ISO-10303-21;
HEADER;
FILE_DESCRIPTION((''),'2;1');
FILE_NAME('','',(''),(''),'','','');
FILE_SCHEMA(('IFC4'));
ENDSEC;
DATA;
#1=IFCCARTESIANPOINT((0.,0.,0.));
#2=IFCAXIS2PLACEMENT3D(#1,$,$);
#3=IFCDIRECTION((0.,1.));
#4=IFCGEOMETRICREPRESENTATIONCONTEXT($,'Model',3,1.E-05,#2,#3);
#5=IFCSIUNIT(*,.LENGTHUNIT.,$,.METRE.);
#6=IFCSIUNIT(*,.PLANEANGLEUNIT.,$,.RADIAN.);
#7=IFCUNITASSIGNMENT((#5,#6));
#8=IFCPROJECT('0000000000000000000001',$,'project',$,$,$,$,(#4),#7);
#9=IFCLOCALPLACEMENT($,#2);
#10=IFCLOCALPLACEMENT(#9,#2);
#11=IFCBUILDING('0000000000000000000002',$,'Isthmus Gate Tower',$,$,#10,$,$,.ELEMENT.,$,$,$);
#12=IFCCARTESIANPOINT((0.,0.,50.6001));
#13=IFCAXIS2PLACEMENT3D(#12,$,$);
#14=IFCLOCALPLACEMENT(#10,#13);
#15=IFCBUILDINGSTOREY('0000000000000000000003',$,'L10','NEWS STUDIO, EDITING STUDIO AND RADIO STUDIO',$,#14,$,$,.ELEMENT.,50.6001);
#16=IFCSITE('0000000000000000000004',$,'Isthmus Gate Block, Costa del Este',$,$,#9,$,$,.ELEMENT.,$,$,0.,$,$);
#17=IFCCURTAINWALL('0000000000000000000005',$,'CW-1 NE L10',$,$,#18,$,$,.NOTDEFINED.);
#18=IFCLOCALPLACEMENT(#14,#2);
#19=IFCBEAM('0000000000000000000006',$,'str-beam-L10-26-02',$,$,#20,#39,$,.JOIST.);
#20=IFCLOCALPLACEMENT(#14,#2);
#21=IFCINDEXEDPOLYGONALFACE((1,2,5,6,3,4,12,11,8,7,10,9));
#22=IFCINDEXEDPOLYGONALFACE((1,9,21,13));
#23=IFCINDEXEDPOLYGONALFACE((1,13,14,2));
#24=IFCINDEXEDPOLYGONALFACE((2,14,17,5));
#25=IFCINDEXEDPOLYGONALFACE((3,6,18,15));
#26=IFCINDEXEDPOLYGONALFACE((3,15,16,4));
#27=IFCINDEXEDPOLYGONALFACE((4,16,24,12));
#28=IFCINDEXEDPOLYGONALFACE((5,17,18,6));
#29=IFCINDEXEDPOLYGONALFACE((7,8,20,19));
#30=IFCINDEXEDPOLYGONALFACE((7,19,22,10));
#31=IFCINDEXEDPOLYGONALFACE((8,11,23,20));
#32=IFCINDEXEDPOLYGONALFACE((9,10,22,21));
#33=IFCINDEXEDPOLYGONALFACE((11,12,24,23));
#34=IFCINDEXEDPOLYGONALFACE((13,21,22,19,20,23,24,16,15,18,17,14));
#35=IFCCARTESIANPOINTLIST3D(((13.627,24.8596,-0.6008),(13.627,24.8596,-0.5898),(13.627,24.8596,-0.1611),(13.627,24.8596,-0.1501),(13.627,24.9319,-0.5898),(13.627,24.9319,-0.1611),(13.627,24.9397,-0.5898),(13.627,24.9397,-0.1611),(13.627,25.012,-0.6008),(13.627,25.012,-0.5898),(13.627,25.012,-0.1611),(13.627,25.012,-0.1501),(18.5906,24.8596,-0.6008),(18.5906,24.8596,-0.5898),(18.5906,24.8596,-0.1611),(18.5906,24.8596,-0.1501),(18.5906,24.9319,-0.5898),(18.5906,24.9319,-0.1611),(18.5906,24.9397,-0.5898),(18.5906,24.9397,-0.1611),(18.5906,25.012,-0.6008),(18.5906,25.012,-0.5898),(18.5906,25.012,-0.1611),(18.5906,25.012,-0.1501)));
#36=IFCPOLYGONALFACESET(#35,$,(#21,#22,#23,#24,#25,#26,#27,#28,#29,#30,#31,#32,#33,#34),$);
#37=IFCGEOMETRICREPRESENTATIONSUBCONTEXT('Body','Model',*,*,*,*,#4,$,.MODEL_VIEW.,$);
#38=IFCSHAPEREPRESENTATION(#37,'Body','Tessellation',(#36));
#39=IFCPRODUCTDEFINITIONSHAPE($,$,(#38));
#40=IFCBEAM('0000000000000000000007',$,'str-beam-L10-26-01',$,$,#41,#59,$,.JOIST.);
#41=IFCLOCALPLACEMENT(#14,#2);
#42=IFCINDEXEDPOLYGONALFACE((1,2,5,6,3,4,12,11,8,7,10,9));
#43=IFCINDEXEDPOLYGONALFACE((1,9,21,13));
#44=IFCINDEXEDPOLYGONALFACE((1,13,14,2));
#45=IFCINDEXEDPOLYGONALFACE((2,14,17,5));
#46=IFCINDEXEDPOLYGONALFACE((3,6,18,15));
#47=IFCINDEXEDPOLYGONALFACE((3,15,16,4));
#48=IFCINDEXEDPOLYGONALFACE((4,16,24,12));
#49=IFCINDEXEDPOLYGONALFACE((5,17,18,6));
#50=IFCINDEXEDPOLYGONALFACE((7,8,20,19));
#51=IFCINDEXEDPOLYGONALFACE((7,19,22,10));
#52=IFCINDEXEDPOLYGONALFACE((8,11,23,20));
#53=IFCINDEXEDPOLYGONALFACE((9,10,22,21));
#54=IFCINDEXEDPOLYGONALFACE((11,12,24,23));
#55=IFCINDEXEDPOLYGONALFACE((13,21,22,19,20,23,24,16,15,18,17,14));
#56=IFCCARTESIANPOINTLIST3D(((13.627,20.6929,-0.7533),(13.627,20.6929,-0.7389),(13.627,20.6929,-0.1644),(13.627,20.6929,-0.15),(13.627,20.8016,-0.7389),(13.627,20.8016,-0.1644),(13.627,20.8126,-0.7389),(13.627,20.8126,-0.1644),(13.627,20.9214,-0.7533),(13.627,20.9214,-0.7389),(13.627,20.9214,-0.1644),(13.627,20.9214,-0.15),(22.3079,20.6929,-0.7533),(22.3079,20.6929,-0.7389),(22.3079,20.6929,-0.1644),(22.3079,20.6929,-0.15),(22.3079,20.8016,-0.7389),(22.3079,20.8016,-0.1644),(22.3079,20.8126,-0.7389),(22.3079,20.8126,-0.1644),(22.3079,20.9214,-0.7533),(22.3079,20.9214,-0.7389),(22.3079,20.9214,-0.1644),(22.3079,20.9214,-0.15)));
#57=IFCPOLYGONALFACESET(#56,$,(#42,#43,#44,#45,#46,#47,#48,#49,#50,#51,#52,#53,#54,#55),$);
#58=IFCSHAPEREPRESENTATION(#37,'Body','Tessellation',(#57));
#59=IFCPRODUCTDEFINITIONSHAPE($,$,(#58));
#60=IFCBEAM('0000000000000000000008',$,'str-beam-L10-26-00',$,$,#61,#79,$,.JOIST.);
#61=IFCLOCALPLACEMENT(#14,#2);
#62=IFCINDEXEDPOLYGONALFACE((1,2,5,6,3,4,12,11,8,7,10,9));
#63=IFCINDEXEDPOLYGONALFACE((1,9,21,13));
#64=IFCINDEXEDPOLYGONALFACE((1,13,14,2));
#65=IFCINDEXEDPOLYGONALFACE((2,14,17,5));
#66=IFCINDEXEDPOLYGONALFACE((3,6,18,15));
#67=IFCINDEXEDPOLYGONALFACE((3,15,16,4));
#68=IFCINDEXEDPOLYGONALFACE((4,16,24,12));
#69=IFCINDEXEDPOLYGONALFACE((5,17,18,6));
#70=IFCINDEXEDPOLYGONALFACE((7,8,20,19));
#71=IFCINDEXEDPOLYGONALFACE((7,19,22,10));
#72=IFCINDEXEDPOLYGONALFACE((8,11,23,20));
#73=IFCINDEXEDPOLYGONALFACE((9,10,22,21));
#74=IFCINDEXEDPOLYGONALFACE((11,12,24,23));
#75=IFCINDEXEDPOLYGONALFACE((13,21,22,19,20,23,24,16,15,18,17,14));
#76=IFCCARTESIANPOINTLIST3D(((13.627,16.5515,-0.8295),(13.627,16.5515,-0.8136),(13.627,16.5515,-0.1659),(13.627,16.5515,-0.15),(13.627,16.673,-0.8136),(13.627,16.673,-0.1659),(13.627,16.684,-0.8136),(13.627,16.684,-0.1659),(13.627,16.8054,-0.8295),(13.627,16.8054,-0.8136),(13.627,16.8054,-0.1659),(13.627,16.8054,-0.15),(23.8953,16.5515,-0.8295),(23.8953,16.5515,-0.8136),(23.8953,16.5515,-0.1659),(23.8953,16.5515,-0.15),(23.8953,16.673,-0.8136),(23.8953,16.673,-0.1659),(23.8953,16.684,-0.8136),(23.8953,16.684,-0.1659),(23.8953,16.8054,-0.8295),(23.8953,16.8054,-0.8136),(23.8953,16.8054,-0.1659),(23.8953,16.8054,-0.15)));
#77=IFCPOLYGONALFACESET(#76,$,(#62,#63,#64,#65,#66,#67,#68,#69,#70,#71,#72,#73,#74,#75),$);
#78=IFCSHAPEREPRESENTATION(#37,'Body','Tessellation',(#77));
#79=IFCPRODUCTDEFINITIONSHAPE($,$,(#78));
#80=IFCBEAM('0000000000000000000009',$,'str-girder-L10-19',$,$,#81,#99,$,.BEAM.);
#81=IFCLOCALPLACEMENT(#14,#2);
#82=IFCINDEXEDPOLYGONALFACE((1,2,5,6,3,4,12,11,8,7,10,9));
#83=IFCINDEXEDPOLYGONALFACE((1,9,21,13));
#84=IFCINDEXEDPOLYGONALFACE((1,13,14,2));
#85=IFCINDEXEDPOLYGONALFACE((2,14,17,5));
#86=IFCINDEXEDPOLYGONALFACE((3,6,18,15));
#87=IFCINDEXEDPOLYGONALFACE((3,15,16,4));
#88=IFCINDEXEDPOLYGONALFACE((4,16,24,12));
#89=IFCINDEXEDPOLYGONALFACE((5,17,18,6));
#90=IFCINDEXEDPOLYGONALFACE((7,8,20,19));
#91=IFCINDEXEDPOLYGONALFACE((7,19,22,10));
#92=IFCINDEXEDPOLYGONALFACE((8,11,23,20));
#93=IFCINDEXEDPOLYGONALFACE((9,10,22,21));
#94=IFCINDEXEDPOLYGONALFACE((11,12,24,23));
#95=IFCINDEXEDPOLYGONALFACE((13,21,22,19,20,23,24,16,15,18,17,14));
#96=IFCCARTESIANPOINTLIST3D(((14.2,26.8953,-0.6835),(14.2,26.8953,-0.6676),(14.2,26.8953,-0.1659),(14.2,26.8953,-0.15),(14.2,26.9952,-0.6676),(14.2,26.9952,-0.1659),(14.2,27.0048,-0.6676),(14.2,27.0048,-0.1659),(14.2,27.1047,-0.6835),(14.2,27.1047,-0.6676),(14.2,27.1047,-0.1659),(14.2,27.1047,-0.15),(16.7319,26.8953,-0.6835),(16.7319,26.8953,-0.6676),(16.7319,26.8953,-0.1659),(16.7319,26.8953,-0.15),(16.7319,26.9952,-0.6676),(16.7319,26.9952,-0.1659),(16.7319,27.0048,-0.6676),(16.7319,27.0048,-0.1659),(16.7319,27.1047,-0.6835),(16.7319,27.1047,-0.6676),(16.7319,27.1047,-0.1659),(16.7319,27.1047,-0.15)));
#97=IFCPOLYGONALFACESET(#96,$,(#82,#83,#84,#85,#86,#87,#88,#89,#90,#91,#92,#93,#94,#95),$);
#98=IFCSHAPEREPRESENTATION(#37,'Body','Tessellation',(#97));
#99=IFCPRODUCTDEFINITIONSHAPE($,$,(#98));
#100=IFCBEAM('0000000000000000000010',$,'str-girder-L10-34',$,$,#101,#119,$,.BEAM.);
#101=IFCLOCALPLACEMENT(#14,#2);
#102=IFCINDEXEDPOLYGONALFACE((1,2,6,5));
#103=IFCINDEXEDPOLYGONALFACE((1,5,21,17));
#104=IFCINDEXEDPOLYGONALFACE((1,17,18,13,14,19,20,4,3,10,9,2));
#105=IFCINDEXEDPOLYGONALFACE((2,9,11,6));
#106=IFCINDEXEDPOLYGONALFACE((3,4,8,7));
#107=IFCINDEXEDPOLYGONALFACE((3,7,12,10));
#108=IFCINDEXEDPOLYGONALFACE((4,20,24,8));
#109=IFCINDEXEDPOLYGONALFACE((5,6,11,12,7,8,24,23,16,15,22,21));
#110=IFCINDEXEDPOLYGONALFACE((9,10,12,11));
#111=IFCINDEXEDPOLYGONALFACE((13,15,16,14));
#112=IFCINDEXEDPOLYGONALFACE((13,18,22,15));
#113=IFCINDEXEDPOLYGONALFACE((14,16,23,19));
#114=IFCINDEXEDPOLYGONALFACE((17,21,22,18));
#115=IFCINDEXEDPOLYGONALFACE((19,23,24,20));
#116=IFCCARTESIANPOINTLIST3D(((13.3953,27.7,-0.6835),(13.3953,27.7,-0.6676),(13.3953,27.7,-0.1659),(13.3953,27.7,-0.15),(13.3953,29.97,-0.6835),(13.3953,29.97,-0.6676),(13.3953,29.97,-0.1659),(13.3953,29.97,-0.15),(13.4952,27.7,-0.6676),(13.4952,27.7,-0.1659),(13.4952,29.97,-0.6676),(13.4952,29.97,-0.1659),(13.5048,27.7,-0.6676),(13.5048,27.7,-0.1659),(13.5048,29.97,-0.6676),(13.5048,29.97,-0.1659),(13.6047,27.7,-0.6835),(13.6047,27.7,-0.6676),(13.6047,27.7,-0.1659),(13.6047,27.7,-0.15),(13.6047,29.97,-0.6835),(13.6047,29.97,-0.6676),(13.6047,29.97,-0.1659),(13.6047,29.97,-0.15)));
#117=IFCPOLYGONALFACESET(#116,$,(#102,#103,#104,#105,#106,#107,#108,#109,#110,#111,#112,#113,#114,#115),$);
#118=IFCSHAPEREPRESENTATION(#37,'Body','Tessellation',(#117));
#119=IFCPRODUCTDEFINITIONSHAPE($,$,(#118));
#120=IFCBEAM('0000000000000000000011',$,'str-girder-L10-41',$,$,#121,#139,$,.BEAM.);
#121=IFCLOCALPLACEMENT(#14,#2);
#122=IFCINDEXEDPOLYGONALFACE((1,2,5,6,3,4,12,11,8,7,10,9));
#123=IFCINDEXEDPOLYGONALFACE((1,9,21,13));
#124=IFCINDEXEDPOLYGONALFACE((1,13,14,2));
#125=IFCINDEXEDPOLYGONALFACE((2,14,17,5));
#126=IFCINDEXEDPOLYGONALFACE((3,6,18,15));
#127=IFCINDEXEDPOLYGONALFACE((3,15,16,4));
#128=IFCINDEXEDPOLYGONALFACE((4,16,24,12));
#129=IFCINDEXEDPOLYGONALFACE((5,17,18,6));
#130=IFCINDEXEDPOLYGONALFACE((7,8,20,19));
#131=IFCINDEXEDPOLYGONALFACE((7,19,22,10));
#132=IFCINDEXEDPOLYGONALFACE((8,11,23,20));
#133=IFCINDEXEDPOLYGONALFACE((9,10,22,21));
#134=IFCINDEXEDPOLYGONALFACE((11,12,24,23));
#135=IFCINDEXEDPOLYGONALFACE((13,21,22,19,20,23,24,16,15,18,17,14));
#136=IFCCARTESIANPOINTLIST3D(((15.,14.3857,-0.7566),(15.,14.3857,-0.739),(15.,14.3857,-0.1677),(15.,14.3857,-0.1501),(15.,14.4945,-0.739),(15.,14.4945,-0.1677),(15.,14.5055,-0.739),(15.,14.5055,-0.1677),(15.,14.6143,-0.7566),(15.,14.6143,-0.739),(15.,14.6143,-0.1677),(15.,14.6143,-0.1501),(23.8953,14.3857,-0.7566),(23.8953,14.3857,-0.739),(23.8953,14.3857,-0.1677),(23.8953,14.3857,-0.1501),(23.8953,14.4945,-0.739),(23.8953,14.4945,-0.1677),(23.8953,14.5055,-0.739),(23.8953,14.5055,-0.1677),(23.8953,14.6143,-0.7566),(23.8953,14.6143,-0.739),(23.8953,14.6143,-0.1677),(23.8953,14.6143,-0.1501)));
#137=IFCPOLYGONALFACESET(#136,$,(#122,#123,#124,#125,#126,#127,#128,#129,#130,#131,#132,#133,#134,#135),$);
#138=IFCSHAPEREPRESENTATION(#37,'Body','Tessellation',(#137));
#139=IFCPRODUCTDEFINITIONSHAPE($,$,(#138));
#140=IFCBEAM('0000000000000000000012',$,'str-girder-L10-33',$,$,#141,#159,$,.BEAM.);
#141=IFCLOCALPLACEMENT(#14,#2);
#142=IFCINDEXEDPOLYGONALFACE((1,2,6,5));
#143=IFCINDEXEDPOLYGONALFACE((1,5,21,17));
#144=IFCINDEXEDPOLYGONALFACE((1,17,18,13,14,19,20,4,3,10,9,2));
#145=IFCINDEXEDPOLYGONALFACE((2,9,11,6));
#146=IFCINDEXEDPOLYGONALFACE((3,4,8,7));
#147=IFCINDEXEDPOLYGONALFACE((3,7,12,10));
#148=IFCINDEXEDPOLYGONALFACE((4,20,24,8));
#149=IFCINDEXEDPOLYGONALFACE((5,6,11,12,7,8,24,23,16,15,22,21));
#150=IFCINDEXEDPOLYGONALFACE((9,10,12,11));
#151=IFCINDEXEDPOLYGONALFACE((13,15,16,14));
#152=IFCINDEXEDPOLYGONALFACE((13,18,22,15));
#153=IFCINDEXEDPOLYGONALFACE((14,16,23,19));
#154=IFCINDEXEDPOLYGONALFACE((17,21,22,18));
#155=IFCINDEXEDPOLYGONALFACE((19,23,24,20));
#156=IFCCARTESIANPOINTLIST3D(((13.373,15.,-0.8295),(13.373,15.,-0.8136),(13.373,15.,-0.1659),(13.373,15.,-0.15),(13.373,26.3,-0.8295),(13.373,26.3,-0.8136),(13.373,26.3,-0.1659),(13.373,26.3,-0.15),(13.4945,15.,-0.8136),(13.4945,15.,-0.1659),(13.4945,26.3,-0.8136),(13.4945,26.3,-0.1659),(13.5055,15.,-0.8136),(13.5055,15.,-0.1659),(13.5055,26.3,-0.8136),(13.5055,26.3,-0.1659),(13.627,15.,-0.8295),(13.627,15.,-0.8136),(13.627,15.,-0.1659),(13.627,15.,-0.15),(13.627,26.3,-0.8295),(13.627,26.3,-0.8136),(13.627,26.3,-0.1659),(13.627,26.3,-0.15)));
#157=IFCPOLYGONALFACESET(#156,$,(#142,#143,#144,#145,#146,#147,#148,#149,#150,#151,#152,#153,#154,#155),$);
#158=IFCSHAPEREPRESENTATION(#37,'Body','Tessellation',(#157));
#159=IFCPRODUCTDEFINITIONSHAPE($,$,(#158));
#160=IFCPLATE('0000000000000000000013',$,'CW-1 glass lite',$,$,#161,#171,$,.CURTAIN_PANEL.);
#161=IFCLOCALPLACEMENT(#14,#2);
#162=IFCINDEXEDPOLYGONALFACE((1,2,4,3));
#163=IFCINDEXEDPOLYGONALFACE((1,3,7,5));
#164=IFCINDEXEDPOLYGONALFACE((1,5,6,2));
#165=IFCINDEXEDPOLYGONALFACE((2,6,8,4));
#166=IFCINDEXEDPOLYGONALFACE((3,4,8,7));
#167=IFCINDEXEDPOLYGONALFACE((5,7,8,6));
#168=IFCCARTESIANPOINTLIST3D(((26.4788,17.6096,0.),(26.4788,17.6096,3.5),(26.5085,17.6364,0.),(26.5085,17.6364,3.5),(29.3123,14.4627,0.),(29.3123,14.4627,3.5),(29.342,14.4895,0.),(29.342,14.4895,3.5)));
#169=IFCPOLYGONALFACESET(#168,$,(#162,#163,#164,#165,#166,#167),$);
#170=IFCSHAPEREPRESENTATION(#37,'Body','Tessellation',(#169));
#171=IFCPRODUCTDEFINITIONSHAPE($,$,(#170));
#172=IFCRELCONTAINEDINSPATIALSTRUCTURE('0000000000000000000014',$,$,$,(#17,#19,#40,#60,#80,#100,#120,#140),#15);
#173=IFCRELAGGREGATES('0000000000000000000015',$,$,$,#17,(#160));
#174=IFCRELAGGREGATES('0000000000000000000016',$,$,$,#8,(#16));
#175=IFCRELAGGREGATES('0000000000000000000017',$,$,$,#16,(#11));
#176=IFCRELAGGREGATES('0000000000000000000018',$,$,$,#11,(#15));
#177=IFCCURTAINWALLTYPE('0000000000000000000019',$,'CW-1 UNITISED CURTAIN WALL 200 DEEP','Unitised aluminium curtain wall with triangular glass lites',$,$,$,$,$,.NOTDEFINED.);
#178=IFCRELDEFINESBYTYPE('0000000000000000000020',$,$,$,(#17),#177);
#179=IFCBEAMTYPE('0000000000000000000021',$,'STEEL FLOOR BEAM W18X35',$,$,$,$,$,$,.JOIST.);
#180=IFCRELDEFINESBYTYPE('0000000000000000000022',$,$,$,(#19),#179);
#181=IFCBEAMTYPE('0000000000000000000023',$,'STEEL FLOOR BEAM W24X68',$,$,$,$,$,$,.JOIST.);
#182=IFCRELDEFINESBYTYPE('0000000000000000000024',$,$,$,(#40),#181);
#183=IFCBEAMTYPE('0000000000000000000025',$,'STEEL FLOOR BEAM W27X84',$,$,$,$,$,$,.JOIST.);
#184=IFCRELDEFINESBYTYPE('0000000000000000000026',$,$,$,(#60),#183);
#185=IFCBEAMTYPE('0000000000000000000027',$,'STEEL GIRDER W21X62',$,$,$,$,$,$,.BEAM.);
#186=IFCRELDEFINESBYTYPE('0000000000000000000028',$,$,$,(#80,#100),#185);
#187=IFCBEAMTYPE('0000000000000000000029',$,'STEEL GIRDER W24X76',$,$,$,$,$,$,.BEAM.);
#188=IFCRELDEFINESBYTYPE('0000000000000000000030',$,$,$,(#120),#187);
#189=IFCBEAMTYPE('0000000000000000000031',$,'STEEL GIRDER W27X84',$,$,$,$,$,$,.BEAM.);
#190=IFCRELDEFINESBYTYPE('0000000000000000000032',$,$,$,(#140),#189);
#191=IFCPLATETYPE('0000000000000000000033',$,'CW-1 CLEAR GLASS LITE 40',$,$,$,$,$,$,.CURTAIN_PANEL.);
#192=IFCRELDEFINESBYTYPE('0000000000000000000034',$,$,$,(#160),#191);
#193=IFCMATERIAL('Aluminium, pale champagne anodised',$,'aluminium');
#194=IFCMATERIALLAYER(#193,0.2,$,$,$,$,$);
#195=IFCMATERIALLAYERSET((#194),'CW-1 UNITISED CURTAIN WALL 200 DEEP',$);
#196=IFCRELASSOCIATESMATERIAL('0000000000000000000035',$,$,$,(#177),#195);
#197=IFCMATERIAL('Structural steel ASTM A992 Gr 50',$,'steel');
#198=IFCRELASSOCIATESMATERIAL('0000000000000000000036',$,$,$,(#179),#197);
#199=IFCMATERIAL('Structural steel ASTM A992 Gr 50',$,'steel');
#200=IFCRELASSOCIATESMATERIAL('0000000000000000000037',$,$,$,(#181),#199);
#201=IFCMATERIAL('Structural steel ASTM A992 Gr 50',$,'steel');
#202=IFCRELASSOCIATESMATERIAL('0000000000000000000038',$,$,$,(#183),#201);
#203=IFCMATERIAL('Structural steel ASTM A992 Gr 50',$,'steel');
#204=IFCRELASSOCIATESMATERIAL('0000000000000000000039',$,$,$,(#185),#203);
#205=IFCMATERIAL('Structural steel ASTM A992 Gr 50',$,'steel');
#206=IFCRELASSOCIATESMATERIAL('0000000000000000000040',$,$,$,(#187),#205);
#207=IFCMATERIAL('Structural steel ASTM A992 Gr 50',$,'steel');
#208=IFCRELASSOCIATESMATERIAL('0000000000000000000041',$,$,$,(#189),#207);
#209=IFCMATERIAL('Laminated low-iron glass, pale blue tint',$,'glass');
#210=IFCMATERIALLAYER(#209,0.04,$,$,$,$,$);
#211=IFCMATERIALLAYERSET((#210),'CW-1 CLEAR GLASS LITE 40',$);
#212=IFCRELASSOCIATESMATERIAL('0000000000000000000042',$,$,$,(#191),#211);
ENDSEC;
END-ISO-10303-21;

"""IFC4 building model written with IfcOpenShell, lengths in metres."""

from ifc_helpers import new_model, si_unit, direction, frame, origin, origin_2d, place, context, subcontext, project, spatial, rectangle, i_section, extrude, material, layer, layer_set, material_profile, profile_set, type_object, element, aggregate, save


model = new_model("IFC4")

# Units and contexts
model_context = context("Model", 3, precision=1e-05, world=origin(), true_north=direction((0.0, 1.0)))
body_context = subcontext(model_context, "Body", "Model", "MODEL_VIEW")
ifc_project = project(units=[si_unit("LENGTHUNIT", "METRE"), si_unit("PLANEANGLEUNIT", "RADIAN")], contexts=[model_context])

# Site, building, storey
site_placement = place(None, origin())
site = spatial("IfcSite", under=ifc_project, at=site_placement, Name="Isthmus Gate Block, Costa del Este", CompositionType="ELEMENT", RefElevation=0.0)
building_placement = place(site_placement, origin())
building = spatial("IfcBuilding", under=site, at=building_placement, Name="Isthmus Gate Tower", CompositionType="ELEMENT")
storey_placement = place(building_placement, frame((0.0, 0.0, 50.6001)))
storey = spatial("IfcBuildingStorey", under=building, at=storey_placement, Name="L10", Description="NEWS STUDIO, EDITING STUDIO AND RADIO STUDIO", CompositionType="ELEMENT", Elevation=50.6001)

# Curtain wall
ifc_material_1 = material(Name="Aluminium, pale champagne anodised", Category="aluminium")
ifc_layer_1 = layer(ifc_material_1, 0.2)
ifc_layer_set_1 = layer_set([ifc_layer_1], Name="CW-1 UNITISED CURTAIN WALL 200 DEEP")
curtain_wall_type = type_object("IfcCurtainWallType", Name="CW-1 UNITISED CURTAIN WALL 200 DEEP", Description="Unitised aluminium curtain wall with triangular glass lites", PredefinedType="NOTDEFINED", material=ifc_layer_set_1)
curtain_wall_1_placement = place(storey_placement, origin())
curtain_wall_1 = element("IfcCurtainWall", 1, at=curtain_wall_1_placement, inside=storey, type_object=curtain_wall_type, Name="CW-1 NE L10", PredefinedType="NOTDEFINED")

# Beams
ifc_material_2 = material(Name="Structural steel ASTM A992 Gr 50", Category="steel")
ifc_material_profile_1 = material_profile(ifc_material_2, i_section(OverallWidth=0.1523, OverallDepth=0.4507, WebThickness=0.0078, FlangeThickness=0.011, at=origin_2d()), Name="W18X35")
ifc_profile_set_1 = profile_set([ifc_material_profile_1], Name="Structural steel ASTM A992 Gr 50")
beam_type_1 = type_object("IfcBeamType", Name="STEEL FLOOR BEAM W18X35", PredefinedType="JOIST", material=ifc_profile_set_1)
beam_1_placement = place(storey_placement, frame((13.627, 24.9358, -0.3755), z_axis=(1.0, 0.0, 0.0), x_axis=(0.0, 1.0, 0.0)))
element("IfcBeam", 2, at=beam_1_placement, inside=storey, type_object=beam_type_1, Name="str-beam-L10-26-02", PredefinedType="JOIST", context=body_context, shape_type="SweptSolid", body=[
    extrude(i_section(OverallWidth=0.1523, OverallDepth=0.4507, WebThickness=0.0078, FlangeThickness=0.011, at=origin_2d()), origin(), (0.0, 0.0, 1.0), 4.9636),
])
ifc_material_3 = material(Name="Structural steel ASTM A992 Gr 50", Category="steel")
ifc_material_profile_2 = material_profile(ifc_material_3, i_section(OverallWidth=0.2285, OverallDepth=0.6033, WebThickness=0.011, FlangeThickness=0.0144, at=origin_2d()), Name="W24X68")
ifc_profile_set_2 = profile_set([ifc_material_profile_2], Name="Structural steel ASTM A992 Gr 50")
beam_type_2 = type_object("IfcBeamType", Name="STEEL FLOOR BEAM W24X68", PredefinedType="JOIST", material=ifc_profile_set_2)
beam_2_placement = place(storey_placement, frame((13.627, 20.8071, -0.4517), z_axis=(1.0, 0.0, 0.0), x_axis=(0.0, 1.0, 0.0)))
element("IfcBeam", 3, at=beam_2_placement, inside=storey, type_object=beam_type_2, Name="str-beam-L10-26-01", PredefinedType="JOIST", context=body_context, shape_type="SweptSolid", body=[
    extrude(i_section(OverallWidth=0.2285, OverallDepth=0.6033, WebThickness=0.011, FlangeThickness=0.0144, at=origin_2d()), origin(), (0.0, 0.0, 1.0), 8.6809),
])
ifc_material_4 = material(Name="Structural steel ASTM A992 Gr 50", Category="steel")
ifc_material_profile_3 = material_profile(ifc_material_4, i_section(OverallWidth=0.2539, OverallDepth=0.6794, WebThickness=0.011, FlangeThickness=0.0159, at=origin_2d()), Name="W27X84")
ifc_profile_set_3 = profile_set([ifc_material_profile_3], Name="Structural steel ASTM A992 Gr 50")
beam_type_3 = type_object("IfcBeamType", Name="STEEL FLOOR BEAM W27X84", PredefinedType="JOIST", material=ifc_profile_set_3)
beam_3_placement = place(storey_placement, frame((13.627, 16.6785, -0.4897), z_axis=(1.0, 0.0, 0.0), x_axis=(0.0, 1.0, 0.0)))
element("IfcBeam", 4, at=beam_3_placement, inside=storey, type_object=beam_type_3, Name="str-beam-L10-26-00", PredefinedType="JOIST", context=body_context, shape_type="SweptSolid", body=[
    extrude(i_section(OverallWidth=0.2539, OverallDepth=0.6794, WebThickness=0.011, FlangeThickness=0.0159, at=origin_2d()), origin(), (0.0, 0.0, 1.0), 10.2683),
])
ifc_material_5 = material(Name="Structural steel ASTM A992 Gr 50", Category="steel")
ifc_material_profile_4 = material_profile(ifc_material_5, i_section(OverallWidth=0.2095, OverallDepth=0.5334, WebThickness=0.0095, FlangeThickness=0.0159, at=origin_2d()), Name="W21X62")
ifc_profile_set_4 = profile_set([ifc_material_profile_4], Name="Structural steel ASTM A992 Gr 50")
beam_type_4 = type_object("IfcBeamType", Name="STEEL GIRDER W21X62", PredefinedType="BEAM", material=ifc_profile_set_4)
beam_4_placement = place(storey_placement, frame((14.2, 27.0, -0.4167), z_axis=(1.0, 0.0, 0.0), x_axis=(0.0, 1.0, 0.0)))
element("IfcBeam", 5, at=beam_4_placement, inside=storey, type_object=beam_type_4, Name="str-girder-L10-19", PredefinedType="BEAM", context=body_context, shape_type="SweptSolid", body=[
    extrude(i_section(OverallWidth=0.2095, OverallDepth=0.5334, WebThickness=0.0095, FlangeThickness=0.0159, at=origin_2d()), origin(), (0.0, 0.0, 1.0), 2.532),
])
beam_5_placement = place(storey_placement, frame((13.5, 27.7, -0.4167), z_axis=(0.0, 1.0, 0.0), x_axis=(-1.0, 0.0, 0.0)))
element("IfcBeam", 6, at=beam_5_placement, inside=storey, type_object=beam_type_4, Name="str-girder-L10-34", PredefinedType="BEAM", context=body_context, shape_type="SweptSolid", body=[
    extrude(i_section(OverallWidth=0.2095, OverallDepth=0.5334, WebThickness=0.0095, FlangeThickness=0.0159, at=origin_2d()), origin(), (0.0, 0.0, 1.0), 2.27),
])
ifc_material_6 = material(Name="Structural steel ASTM A992 Gr 50", Category="steel")
ifc_material_profile_5 = material_profile(ifc_material_6, i_section(OverallWidth=0.2285, OverallDepth=0.6064, WebThickness=0.011, FlangeThickness=0.0176, at=origin_2d()), Name="W24X76")
ifc_profile_set_5 = profile_set([ifc_material_profile_5], Name="Structural steel ASTM A992 Gr 50")
beam_type_5 = type_object("IfcBeamType", Name="STEEL GIRDER W24X76", PredefinedType="BEAM", material=ifc_profile_set_5)
beam_6_placement = place(storey_placement, frame((15.0, 14.5, -0.4534), z_axis=(1.0, 0.0, 0.0), x_axis=(0.0, 1.0, 0.0)))
element("IfcBeam", 7, at=beam_6_placement, inside=storey, type_object=beam_type_5, Name="str-girder-L10-41", PredefinedType="BEAM", context=body_context, shape_type="SweptSolid", body=[
    extrude(i_section(OverallWidth=0.2285, OverallDepth=0.6064, WebThickness=0.011, FlangeThickness=0.0176, at=origin_2d()), origin(), (0.0, 0.0, 1.0), 8.8953),
])
ifc_material_7 = material(Name="Structural steel ASTM A992 Gr 50", Category="steel")
ifc_material_profile_6 = material_profile(ifc_material_7, i_section(OverallWidth=0.2539, OverallDepth=0.6794, WebThickness=0.011, FlangeThickness=0.0159, at=origin_2d()), Name="W27X84")
ifc_profile_set_6 = profile_set([ifc_material_profile_6], Name="Structural steel ASTM A992 Gr 50")
beam_type_6 = type_object("IfcBeamType", Name="STEEL GIRDER W27X84", PredefinedType="BEAM", material=ifc_profile_set_6)
beam_7_placement = place(storey_placement, frame((13.5, 15.0, -0.4897), z_axis=(0.0, 1.0, 0.0), x_axis=(-1.0, 0.0, 0.0)))
element("IfcBeam", 8, at=beam_7_placement, inside=storey, type_object=beam_type_6, Name="str-girder-L10-33", PredefinedType="BEAM", context=body_context, shape_type="SweptSolid", body=[
    extrude(i_section(OverallWidth=0.2539, OverallDepth=0.6794, WebThickness=0.011, FlangeThickness=0.0159, at=origin_2d()), origin(), (0.0, 0.0, 1.0), 11.3),
])

# Plate
ifc_material_8 = material(Name="Laminated low-iron glass, pale blue tint", Category="glass")
ifc_layer_2 = layer(ifc_material_8, 0.04)
ifc_layer_set_2 = layer_set([ifc_layer_2], Name="CW-1 CLEAR GLASS LITE 40")
plate_type = type_object("IfcPlateType", Name="CW-1 CLEAR GLASS LITE 40", PredefinedType="CURTAIN_PANEL", material=ifc_layer_set_2)
plate_1_placement = place(storey_placement, frame((27.9104, 16.0496, 0.0), z_axis=(0.0, 0.0, 1.0), x_axis=(-0.669131, 0.743145, 0.0)))
plate_1 = element("IfcPlate", 9, at=plate_1_placement, type_object=plate_type, Name="CW-1 glass lite", PredefinedType="CURTAIN_PANEL", context=body_context, shape_type="SweptSolid", body=[
    extrude(rectangle(XDim=4.2346, YDim=0.04, at=origin_2d()), origin(), (0.0, 0.0, 1.0), 3.5),
])

aggregate(curtain_wall_1, [plate_1])

save(model, "model.ifc")
